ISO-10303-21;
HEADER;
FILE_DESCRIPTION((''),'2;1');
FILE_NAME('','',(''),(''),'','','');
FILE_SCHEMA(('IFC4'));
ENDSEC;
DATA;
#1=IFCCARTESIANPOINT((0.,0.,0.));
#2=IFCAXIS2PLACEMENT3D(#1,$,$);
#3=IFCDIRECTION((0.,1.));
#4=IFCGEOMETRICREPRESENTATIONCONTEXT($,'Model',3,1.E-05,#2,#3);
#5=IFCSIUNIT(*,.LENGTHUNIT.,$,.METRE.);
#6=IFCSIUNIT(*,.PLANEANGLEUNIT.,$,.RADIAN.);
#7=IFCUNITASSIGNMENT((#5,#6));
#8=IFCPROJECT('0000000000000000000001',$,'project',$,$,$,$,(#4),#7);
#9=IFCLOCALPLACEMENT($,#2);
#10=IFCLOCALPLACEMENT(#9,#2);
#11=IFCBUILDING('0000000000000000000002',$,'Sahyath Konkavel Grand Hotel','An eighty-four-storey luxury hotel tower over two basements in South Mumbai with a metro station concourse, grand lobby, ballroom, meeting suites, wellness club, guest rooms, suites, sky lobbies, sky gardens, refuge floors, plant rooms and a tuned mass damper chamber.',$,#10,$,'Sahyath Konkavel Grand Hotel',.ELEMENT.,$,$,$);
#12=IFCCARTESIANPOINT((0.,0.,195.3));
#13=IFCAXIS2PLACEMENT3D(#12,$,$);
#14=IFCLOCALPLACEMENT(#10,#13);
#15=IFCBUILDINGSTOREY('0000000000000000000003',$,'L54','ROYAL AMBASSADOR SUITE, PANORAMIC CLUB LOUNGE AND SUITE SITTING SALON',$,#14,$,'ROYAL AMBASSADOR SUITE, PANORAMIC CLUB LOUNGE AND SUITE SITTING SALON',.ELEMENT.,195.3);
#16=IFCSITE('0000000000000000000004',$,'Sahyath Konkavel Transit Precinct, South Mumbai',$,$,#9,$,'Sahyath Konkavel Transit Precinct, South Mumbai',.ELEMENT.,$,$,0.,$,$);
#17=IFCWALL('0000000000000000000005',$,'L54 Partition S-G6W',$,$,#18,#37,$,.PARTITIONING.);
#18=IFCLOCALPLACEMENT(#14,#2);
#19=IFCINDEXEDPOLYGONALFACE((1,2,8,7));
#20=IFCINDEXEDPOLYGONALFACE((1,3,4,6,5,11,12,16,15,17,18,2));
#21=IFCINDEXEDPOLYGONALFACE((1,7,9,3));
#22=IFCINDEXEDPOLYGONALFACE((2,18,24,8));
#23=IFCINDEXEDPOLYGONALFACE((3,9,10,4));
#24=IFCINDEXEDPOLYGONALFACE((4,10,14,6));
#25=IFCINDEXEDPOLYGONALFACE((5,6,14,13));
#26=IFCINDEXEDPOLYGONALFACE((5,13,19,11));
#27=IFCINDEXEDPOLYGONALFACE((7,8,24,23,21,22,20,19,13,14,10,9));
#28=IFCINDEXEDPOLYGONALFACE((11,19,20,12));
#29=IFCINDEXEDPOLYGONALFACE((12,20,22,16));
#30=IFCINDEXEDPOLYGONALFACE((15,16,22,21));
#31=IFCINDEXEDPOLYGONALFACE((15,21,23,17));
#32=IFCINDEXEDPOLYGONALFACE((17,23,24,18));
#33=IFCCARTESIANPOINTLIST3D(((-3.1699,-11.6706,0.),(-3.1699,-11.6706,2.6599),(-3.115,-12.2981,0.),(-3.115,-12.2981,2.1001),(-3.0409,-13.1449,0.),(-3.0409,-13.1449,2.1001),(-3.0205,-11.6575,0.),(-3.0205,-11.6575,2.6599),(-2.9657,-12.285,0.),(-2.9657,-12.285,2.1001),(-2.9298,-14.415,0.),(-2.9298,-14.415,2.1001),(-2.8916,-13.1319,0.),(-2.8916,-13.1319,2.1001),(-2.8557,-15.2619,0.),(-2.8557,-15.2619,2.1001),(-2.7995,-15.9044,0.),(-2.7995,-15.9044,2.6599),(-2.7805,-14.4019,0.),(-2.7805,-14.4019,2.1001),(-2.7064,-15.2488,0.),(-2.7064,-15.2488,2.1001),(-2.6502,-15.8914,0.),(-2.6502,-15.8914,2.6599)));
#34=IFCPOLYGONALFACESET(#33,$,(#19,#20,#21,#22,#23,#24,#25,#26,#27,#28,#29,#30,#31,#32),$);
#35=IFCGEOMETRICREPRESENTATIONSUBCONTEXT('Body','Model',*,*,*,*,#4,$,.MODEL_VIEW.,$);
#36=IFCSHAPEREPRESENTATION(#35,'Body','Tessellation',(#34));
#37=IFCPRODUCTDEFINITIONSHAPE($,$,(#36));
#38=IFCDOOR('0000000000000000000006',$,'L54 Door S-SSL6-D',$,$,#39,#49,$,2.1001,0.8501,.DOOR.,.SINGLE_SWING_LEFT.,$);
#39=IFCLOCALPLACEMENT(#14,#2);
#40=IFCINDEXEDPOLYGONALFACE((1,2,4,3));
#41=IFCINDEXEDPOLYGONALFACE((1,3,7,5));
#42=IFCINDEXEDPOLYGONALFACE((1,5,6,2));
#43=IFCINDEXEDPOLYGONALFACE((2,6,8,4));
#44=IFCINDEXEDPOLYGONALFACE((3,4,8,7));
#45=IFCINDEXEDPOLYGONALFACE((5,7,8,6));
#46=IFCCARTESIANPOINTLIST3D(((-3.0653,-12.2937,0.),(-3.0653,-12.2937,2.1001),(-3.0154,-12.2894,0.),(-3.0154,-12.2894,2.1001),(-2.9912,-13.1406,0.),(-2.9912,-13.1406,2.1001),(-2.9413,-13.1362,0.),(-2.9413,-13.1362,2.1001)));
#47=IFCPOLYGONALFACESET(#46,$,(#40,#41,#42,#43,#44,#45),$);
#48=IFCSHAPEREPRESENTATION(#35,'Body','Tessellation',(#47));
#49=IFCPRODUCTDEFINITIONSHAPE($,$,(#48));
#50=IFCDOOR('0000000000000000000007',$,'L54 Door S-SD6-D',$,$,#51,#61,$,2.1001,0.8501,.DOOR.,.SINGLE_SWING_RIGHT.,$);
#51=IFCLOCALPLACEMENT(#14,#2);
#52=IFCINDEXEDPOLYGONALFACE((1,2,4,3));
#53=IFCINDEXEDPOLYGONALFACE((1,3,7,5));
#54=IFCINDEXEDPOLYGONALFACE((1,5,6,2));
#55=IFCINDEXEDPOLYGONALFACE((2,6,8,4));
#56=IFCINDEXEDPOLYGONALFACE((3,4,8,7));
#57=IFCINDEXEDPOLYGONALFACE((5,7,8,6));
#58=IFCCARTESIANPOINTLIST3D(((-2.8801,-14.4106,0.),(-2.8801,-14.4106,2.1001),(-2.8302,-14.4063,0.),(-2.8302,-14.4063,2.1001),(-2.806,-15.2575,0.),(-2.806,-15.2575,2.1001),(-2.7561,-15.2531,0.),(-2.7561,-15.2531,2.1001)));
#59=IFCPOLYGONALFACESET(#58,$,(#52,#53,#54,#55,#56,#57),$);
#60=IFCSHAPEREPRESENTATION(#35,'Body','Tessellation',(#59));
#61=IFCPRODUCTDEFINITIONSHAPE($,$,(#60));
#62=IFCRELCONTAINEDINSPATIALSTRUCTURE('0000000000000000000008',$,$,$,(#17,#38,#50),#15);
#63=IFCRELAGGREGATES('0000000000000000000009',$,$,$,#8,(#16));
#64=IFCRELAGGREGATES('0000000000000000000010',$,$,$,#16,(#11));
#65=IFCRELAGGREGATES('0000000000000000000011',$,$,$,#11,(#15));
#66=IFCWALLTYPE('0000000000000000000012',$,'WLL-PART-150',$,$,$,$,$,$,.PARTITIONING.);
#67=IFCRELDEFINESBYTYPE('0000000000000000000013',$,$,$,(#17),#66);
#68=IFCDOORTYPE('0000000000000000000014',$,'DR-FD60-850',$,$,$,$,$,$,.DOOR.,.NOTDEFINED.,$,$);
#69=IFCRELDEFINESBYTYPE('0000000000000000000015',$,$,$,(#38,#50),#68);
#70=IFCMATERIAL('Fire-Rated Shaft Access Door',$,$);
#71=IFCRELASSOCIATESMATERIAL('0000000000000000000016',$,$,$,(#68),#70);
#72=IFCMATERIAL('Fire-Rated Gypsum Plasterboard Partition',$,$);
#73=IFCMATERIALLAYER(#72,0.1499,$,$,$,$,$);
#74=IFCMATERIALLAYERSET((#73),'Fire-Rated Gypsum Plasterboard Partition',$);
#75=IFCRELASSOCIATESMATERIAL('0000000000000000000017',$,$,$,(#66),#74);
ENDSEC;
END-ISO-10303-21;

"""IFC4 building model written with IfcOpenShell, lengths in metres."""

from ifc_helpers import new_model, si_unit, direction, frame, frame_2d, origin, origin_2d, place, context, subcontext, project, spatial, rectangle, extrude, source, transform, mapped, material, layer, layer_set, type_object, element, fill, save


model = new_model("IFC4")

# Units and contexts
model_context = context("Model", 3, precision=1e-05, world=origin(), true_north=direction((0.0, 1.0)))
body_context = subcontext(model_context, "Body", "Model", "MODEL_VIEW")
ifc_project = project(units=[si_unit("LENGTHUNIT", "METRE"), si_unit("PLANEANGLEUNIT", "RADIAN")], contexts=[model_context])

# Site, building, storey
site_placement = place(None, origin())
site = spatial("IfcSite", under=ifc_project, at=site_placement, Name="Sahyath Konkavel Transit Precinct, South Mumbai", LongName="Sahyath Konkavel Transit Precinct, South Mumbai", CompositionType="ELEMENT", RefElevation=0.0)
building_placement = place(site_placement, origin())
building = spatial("IfcBuilding", under=site, at=building_placement, Name="Sahyath Konkavel Grand Hotel", Description="An eighty-four-storey luxury hotel tower over two basements in South Mumbai with a metro station concourse, grand lobby, ballroom, meeting suites, wellness club, guest rooms, suites, sky lobbies, sky gardens, refuge floors, plant rooms and a tuned mass damper chamber.", LongName="Sahyath Konkavel Grand Hotel", CompositionType="ELEMENT")
storey_placement = place(building_placement, frame((0.0, 0.0, 195.3)))
storey = spatial("IfcBuildingStorey", under=building, at=storey_placement, Name="L54", Description="ROYAL AMBASSADOR SUITE, PANORAMIC CLUB LOUNGE AND SUITE SITTING SALON", LongName="ROYAL AMBASSADOR SUITE, PANORAMIC CLUB LOUNGE AND SUITE SITTING SALON", CompositionType="ELEMENT", Elevation=195.3)

# Shared definitions
shared_shape_1 = source(origin(), body_context, "Body", "SweptSolid", [
    extrude(rectangle(XDim=0.8501, YDim=0.05, at=origin_2d()), origin(), (0.0, 0.0, 1.0), 2.1001),
])

# Shared definitions
ifc_material_1 = material(Name="Fire-Rated Shaft Access Door")
door_type_1 = type_object("IfcDoorType", Name="DR-FD60-850", OperationType="NOTDEFINED", PredefinedType="DOOR", material=ifc_material_1)

# Wall, openings, doors
ifc_material_2 = material(Name="Fire-Rated Gypsum Plasterboard Partition")
ifc_layer_1 = layer(ifc_material_2, 0.1499)
ifc_layer_set_1 = layer_set([ifc_layer_1], Name="Fire-Rated Gypsum Plasterboard Partition")
wall_type_1 = type_object("IfcWallType", Name="WLL-PART-150", PredefinedType="PARTITIONING", material=ifc_layer_set_1)
wall_1_placement = place(storey_placement, frame((-3.0952, -11.6641, 0.0), z_axis=(0.0, 0.0, 1.0), x_axis=(0.087143, -0.996196, 0.0)))
wall_1 = element("IfcWall", 1, at=wall_1_placement, inside=storey, type_object=wall_type_1, Name="L54 Partition S-G6W", PredefinedType="PARTITIONING", context=body_context, shape_type="SweptSolid", body=[
    extrude(rectangle(XDim=4.25, YDim=0.1499, at=frame_2d((2.125, 0.0))), origin(), (0.0, 0.0, 1.0), 2.6599),
])
opening_1_placement = place(wall_1_placement, frame((0.6299, 0.0, 0.0)))
opening_1 = element("IfcOpeningElement", 2, at=opening_1_placement, cuts=wall_1, PredefinedType="OPENING", context=body_context, shape_type="SweptSolid", body=[
    extrude(rectangle(XDim=0.8501, YDim=2.1001, at=frame_2d((0.425, 1.05))), frame((0.0, 0.085, 0.0), z_axis=(0.0, -1.0, 0.0), x_axis=(1.0, 0.0, 0.0)), (0.0, 0.0, 1.0), 0.1699),
])
opening_2_placement = place(wall_1_placement, frame((2.7549, 0.0, 0.0)))
opening_2 = element("IfcOpeningElement", 3, at=opening_2_placement, cuts=wall_1, PredefinedType="OPENING", context=body_context, shape_type="SweptSolid", body=[
    extrude(rectangle(XDim=0.8501, YDim=2.1001, at=frame_2d((0.425, 1.05))), frame((0.0, 0.085, 0.0), z_axis=(0.0, -1.0, 0.0), x_axis=(1.0, 0.0, 0.0)), (0.0, 0.0, 1.0), 0.1699),
])
door_1_placement = place(opening_1_placement, frame((0.425, 0.0, 0.0)))
door_1 = element("IfcDoor", 4, at=door_1_placement, inside=storey, type_object=door_type_1, Name="L54 Door S-SSL6-D", OperationType="SINGLE_SWING_LEFT", OverallHeight=2.1001, OverallWidth=0.8501, PredefinedType="DOOR", context=body_context, shape_type="MappedRepresentation", body=[
    mapped(shared_shape_1, transform((0.0, 0.0, 0.0), scale=1.0)),
])
fill(opening_1, door_1)
door_2_placement = place(opening_2_placement, frame((0.425, 0.0, 0.0)))
door_2 = element("IfcDoor", 5, at=door_2_placement, inside=storey, type_object=door_type_1, Name="L54 Door S-SD6-D", OperationType="SINGLE_SWING_RIGHT", OverallHeight=2.1001, OverallWidth=0.8501, PredefinedType="DOOR", context=body_context, shape_type="MappedRepresentation", body=[
    mapped(shared_shape_1, transform((0.0, 0.0, 0.0), scale=1.0)),
])
fill(opening_2, door_2)

save(model, "model.ifc")
